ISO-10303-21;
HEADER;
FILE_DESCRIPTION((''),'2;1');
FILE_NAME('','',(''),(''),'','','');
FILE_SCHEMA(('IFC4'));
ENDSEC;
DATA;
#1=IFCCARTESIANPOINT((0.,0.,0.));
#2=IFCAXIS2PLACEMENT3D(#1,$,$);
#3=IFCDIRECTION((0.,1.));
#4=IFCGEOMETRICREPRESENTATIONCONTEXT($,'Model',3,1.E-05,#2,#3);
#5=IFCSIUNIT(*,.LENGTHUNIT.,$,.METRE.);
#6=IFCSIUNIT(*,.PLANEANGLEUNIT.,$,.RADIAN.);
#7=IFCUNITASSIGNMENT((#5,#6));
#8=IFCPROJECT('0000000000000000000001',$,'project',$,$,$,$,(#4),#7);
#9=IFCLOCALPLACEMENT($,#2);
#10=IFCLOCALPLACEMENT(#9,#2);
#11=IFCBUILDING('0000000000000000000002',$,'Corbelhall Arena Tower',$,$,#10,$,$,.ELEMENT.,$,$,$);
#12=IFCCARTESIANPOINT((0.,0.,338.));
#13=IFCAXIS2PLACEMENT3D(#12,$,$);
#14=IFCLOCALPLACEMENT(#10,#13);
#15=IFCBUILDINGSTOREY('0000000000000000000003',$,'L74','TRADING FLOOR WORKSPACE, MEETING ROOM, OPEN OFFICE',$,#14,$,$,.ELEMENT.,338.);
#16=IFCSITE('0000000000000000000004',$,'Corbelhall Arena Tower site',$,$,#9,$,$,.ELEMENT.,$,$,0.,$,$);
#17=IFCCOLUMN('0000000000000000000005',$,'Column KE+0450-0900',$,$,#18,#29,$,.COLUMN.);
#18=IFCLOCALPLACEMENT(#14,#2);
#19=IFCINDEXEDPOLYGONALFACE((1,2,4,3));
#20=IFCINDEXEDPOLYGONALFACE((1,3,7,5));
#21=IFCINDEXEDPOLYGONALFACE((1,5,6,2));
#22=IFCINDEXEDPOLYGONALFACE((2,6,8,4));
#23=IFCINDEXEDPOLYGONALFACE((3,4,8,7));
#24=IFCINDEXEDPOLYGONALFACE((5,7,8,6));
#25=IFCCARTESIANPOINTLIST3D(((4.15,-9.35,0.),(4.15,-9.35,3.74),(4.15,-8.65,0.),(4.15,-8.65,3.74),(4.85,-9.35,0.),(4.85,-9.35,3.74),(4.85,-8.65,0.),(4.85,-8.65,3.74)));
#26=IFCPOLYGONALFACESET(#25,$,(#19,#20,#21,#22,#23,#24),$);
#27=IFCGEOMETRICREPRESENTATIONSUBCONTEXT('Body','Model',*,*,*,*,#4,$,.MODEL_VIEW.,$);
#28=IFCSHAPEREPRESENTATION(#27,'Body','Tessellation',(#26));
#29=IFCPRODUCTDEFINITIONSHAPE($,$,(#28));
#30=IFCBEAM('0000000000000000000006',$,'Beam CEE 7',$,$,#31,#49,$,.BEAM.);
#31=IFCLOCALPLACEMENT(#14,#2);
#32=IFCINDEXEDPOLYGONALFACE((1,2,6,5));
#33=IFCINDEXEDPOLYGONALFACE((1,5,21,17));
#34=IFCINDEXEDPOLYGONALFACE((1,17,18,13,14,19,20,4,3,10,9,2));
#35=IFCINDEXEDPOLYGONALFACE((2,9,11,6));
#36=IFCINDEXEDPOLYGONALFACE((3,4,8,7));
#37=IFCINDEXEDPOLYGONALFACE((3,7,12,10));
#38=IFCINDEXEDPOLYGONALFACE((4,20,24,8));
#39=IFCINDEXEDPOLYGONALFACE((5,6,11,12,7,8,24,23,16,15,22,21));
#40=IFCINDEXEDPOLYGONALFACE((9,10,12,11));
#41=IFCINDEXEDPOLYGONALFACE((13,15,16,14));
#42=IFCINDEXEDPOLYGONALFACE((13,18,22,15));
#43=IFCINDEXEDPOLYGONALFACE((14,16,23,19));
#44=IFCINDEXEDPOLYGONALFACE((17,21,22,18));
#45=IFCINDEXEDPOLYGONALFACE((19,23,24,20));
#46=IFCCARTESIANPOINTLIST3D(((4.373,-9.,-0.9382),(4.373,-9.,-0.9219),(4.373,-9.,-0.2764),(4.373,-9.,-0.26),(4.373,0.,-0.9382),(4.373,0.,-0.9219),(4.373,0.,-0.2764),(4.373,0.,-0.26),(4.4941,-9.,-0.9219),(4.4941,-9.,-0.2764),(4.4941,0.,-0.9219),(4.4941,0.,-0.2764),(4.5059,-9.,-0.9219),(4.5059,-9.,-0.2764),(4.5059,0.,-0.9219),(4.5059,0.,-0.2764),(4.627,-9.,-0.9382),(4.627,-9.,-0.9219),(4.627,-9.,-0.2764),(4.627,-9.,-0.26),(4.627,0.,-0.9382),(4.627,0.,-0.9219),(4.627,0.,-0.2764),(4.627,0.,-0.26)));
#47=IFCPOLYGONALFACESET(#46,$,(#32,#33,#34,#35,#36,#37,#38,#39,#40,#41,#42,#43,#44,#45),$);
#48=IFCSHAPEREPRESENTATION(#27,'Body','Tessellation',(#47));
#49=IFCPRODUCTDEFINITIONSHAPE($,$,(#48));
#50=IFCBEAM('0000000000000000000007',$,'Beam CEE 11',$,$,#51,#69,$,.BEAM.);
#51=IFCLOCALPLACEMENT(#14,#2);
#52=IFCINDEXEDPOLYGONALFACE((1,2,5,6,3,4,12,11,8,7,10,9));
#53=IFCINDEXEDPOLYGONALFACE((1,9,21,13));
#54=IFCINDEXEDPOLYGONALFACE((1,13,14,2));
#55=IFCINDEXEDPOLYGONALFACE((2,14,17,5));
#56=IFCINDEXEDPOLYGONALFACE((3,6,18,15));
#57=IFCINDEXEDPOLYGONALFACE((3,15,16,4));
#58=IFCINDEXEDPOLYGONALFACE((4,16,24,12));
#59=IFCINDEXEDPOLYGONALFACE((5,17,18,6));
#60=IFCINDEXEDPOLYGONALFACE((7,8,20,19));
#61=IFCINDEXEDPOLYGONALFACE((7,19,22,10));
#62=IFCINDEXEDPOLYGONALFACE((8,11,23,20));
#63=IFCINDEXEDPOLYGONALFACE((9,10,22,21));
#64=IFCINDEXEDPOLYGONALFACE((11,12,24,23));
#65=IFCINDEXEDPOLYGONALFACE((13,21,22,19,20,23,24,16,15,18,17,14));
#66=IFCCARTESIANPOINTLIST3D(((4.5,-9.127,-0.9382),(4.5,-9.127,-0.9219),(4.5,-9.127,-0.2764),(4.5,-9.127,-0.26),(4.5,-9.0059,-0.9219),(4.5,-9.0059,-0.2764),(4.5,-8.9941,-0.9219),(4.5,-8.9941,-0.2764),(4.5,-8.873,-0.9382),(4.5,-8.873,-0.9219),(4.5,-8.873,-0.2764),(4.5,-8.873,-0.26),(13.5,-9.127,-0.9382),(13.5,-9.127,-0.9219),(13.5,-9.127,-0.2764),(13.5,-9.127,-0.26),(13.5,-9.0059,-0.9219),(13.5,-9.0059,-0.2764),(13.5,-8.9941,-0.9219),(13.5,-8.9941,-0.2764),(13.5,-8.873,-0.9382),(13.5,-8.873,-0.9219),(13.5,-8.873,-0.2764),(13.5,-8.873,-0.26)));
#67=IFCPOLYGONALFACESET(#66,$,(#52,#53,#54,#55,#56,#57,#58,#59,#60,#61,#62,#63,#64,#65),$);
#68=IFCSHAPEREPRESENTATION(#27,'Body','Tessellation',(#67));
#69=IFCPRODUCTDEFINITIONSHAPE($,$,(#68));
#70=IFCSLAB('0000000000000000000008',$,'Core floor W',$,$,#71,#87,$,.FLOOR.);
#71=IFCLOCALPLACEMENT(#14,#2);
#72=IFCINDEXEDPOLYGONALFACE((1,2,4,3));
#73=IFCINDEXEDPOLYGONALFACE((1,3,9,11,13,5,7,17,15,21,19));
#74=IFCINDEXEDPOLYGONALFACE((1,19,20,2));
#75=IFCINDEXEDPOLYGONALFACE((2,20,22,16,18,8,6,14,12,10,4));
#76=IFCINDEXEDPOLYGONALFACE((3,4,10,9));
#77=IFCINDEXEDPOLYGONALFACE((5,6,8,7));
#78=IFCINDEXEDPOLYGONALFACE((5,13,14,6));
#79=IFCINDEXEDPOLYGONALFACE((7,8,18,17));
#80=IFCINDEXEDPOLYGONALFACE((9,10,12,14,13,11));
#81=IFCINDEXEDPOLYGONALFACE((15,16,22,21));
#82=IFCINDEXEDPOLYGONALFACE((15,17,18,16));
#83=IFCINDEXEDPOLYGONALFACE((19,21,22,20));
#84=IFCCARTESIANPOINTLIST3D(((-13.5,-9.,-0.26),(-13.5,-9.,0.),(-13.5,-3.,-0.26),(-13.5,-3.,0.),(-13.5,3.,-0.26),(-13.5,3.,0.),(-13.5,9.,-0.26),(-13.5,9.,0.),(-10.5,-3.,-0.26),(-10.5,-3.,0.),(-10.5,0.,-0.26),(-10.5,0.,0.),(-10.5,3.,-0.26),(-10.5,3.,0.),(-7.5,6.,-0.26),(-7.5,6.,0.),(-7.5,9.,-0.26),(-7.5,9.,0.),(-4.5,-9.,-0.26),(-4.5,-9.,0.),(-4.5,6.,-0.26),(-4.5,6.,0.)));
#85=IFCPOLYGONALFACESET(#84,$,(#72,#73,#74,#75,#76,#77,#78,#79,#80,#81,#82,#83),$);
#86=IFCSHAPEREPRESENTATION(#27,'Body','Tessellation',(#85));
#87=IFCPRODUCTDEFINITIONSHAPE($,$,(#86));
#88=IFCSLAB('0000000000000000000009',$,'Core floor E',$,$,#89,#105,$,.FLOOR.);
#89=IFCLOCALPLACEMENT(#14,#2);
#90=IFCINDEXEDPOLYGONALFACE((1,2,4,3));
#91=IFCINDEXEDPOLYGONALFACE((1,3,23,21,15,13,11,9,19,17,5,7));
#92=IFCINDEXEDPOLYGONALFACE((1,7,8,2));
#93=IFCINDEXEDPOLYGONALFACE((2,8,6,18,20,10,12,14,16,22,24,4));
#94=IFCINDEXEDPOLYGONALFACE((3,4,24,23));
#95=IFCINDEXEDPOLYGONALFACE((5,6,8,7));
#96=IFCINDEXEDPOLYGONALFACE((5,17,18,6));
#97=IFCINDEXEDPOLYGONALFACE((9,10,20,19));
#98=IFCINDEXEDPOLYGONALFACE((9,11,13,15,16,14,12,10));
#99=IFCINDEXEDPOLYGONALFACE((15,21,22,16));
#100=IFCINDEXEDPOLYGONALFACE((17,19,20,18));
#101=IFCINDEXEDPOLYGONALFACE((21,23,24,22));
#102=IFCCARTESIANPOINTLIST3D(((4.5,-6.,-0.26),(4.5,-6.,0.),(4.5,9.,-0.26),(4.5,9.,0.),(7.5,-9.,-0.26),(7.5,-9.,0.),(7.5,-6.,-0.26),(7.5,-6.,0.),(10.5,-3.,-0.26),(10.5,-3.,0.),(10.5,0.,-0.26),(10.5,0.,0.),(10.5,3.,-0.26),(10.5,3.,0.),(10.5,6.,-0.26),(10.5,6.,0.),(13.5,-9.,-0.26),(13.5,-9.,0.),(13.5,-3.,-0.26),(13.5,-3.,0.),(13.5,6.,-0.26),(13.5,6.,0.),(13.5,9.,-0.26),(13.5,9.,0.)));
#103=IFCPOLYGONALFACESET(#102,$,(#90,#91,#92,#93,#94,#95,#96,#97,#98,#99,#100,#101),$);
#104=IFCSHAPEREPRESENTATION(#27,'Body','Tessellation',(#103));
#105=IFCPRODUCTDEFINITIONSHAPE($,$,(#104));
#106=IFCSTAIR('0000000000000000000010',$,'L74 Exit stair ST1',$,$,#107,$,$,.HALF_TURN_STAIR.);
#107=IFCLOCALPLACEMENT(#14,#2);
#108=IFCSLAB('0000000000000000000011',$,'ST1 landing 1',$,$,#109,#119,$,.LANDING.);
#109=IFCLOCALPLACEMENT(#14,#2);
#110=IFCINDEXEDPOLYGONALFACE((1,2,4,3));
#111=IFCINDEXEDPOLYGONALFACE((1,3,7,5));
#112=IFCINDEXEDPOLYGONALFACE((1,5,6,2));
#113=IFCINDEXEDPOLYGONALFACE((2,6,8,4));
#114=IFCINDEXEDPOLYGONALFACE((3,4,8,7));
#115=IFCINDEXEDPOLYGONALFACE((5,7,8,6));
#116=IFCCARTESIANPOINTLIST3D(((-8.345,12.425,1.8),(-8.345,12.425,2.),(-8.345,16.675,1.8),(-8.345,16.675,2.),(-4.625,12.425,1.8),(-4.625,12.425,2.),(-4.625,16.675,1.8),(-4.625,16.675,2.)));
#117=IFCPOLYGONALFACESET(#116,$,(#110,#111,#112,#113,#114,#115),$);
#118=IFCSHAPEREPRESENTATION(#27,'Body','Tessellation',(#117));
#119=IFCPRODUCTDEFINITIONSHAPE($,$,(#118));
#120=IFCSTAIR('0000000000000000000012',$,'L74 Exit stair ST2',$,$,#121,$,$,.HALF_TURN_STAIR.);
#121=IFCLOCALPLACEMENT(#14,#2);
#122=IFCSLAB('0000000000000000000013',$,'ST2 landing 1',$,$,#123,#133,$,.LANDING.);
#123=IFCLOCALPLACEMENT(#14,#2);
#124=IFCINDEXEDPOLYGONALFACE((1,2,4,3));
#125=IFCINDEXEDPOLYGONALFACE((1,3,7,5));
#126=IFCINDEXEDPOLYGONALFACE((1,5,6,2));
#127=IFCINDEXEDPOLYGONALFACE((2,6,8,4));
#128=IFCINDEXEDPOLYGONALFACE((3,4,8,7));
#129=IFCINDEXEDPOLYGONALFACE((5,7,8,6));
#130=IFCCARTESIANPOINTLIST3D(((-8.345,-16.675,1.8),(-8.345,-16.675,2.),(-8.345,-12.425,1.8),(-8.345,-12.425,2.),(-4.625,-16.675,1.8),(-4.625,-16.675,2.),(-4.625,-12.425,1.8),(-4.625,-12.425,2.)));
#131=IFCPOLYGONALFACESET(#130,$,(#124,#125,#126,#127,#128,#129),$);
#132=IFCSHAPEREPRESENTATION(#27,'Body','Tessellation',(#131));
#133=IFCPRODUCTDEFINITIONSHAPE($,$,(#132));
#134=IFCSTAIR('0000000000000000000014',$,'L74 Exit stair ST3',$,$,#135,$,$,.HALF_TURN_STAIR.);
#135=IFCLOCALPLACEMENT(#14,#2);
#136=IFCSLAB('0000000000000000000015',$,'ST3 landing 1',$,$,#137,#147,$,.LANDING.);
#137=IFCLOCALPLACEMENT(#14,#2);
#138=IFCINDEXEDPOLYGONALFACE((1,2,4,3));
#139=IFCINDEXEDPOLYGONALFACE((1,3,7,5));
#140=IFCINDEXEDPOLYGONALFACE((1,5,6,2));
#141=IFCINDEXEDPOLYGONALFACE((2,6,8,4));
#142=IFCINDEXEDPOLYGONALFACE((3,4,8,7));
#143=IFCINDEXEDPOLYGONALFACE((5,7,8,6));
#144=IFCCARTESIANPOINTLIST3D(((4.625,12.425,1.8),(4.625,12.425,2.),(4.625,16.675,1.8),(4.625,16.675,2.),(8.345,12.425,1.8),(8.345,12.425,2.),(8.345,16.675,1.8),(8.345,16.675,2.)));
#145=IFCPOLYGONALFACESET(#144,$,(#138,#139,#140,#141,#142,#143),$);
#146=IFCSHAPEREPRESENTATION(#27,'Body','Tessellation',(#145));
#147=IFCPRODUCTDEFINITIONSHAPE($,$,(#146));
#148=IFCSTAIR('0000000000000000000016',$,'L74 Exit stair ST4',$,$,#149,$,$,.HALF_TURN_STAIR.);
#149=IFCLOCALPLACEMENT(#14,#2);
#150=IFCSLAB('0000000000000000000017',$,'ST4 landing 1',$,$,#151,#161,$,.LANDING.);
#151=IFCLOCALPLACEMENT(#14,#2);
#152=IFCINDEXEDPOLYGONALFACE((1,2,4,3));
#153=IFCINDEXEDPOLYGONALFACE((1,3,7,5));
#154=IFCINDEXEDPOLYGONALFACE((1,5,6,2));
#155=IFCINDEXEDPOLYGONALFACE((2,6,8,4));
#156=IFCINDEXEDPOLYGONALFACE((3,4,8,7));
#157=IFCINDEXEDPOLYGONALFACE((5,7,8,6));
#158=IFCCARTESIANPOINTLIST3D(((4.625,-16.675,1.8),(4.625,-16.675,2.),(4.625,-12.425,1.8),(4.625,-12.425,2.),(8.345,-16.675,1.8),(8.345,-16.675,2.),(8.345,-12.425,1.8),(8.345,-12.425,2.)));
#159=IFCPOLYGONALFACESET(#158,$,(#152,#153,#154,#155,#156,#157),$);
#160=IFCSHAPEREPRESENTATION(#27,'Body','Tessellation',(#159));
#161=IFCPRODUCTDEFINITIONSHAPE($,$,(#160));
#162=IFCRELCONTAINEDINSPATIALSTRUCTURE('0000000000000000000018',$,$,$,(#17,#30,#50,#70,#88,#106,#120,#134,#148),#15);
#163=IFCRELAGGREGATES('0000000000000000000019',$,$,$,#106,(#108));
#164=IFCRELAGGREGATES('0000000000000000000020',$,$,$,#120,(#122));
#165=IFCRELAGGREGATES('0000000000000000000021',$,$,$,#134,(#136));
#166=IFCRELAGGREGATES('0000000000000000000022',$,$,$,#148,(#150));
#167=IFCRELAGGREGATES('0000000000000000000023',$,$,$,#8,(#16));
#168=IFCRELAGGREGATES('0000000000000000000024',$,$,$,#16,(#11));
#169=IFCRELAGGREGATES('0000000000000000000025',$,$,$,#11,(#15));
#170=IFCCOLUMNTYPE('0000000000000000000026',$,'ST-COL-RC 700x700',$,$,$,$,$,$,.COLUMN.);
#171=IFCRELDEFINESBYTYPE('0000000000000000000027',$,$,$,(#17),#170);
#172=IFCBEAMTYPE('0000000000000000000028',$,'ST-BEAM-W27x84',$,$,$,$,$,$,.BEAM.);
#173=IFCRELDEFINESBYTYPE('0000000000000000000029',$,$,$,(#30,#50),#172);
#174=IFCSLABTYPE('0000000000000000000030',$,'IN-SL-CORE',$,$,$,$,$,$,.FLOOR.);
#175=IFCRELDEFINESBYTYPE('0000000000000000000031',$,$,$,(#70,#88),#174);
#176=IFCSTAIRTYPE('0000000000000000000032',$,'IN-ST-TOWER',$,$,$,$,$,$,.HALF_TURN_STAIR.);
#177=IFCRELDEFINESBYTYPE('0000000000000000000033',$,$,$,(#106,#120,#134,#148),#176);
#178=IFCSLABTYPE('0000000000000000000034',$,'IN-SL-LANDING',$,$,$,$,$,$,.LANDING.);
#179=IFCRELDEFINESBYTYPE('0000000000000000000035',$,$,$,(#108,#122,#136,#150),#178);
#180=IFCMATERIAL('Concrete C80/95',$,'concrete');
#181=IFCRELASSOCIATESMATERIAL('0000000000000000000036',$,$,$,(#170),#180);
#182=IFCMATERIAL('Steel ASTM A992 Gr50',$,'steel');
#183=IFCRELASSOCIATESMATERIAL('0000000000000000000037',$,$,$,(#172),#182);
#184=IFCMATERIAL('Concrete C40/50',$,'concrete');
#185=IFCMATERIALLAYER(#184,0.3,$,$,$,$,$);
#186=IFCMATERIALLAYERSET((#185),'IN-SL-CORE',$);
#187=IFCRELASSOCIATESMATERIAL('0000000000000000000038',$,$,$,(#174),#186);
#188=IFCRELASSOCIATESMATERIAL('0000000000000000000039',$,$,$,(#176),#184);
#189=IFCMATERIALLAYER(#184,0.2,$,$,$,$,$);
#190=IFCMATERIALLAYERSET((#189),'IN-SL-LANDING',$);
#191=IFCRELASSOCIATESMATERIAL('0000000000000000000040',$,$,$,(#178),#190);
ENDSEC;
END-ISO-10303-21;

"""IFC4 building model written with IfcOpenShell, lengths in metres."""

from ifc_helpers import new_model, si_unit, direction, frame, origin, origin_2d, place, context, subcontext, project, spatial, polyline, rectangle, i_section, outline, extrude, material, layer, layer_set, material_profile, profile_set, type_object, element, aggregate, save


model = new_model("IFC4")

# Units and contexts
model_context = context("Model", 3, precision=1e-05, world=origin(), true_north=direction((0.0, 1.0)))
body_context = subcontext(model_context, "Body", "Model", "MODEL_VIEW")
ifc_project = project(units=[si_unit("LENGTHUNIT", "METRE"), si_unit("PLANEANGLEUNIT", "RADIAN")], contexts=[model_context])

# Site, building, storey
site_placement = place(None, origin())
site = spatial("IfcSite", under=ifc_project, at=site_placement, Name="Corbelhall Arena Tower site", CompositionType="ELEMENT", RefElevation=0.0)
building_placement = place(site_placement, origin())
building = spatial("IfcBuilding", under=site, at=building_placement, Name="Corbelhall Arena Tower", CompositionType="ELEMENT")
storey_placement = place(building_placement, frame((0.0, 0.0, 338.0)))
storey = spatial("IfcBuildingStorey", under=building, at=storey_placement, Name="L74", Description="TRADING FLOOR WORKSPACE, MEETING ROOM, OPEN OFFICE", CompositionType="ELEMENT", Elevation=338.0)

# Column
ifc_material_1 = material(Name="Concrete C80/95", Category="concrete")
ifc_material_profile_1 = material_profile(ifc_material_1, rectangle(XDim=0.7, YDim=0.7, at=origin_2d()))
ifc_profile_set_1 = profile_set([ifc_material_profile_1], Name="Concrete C80/95")
column_type = type_object("IfcColumnType", Name="ST-COL-RC 700x700", PredefinedType="COLUMN", material=ifc_profile_set_1)
column_placement = place(storey_placement, frame((4.5, -9.0, 0.0), z_axis=(0.0, 0.0, 1.0), x_axis=(1.0, 0.0, 0.0)))
element("IfcColumn", 1, at=column_placement, inside=storey, type_object=column_type, Name="Column KE+0450-0900", PredefinedType="COLUMN", context=body_context, shape_type="SweptSolid", body=[
    extrude(rectangle(XDim=0.7, YDim=0.7, at=origin_2d()), origin(), (0.0, 0.0, 1.0), 3.74),
])

# Beams
ifc_material_2 = material(Name="Steel ASTM A992 Gr50", Category="steel")
ifc_material_profile_2 = material_profile(ifc_material_2, i_section(OverallWidth=0.2539, OverallDepth=0.6782, WebThickness=0.0117, FlangeThickness=0.0164, at=origin_2d()))
ifc_profile_set_2 = profile_set([ifc_material_profile_2], Name="Steel ASTM A992 Gr50")
beam_type = type_object("IfcBeamType", Name="ST-BEAM-W27x84", PredefinedType="BEAM", material=ifc_profile_set_2)
for number, where, z_axis, x_axis, name in (
    (2, (4.5, -9.0, -0.5991), (0.0, 1.0, 0.0), (-1.0, 0.0, 0.0), "Beam CEE 7"),
    (3, (4.5, -9.0, -0.5991), (1.0, 0.0, 0.0), (0.0, 1.0, 0.0), "Beam CEE 11"),
):
    element("IfcBeam", number, at=place(storey_placement, frame(where, z_axis=z_axis, x_axis=x_axis)), inside=storey, type_object=beam_type, Name=name, PredefinedType="BEAM", context=body_context, shape_type="SweptSolid", body=[
        extrude(i_section(OverallWidth=0.2539, OverallDepth=0.6782, WebThickness=0.0117, FlangeThickness=0.0164, at=origin_2d()), origin(), (0.0, 0.0, 1.0), 9.0),
    ])

# Slabs
ifc_material_3 = material(Name="Concrete C40/50", Category="concrete")
ifc_layer_1 = layer(ifc_material_3, 0.3)
ifc_layer_set_1 = layer_set([ifc_layer_1], Name="IN-SL-CORE")
slab_type_1 = type_object("IfcSlabType", Name="IN-SL-CORE", PredefinedType="FLOOR", material=ifc_layer_set_1)
slab_1_placement = place(storey_placement, frame((0.0, 0.0, -0.26)))
element("IfcSlab", 4, at=slab_1_placement, inside=storey, type_object=slab_type_1, Name="Core floor W", PredefinedType="FLOOR", context=body_context, shape_type="SweptSolid", body=[
    extrude(outline(polyline([(-13.5, -3.0), (-13.5, -9.0), (-4.5, -9.0), (-4.5, 6.0), (-7.5, 6.0), (-7.5, 9.0), (-13.5, 9.0), (-13.5, 3.0), (-10.5, 3.0), (-10.5, 0.0), (-10.5, -3.0), (-13.5, -3.0)])), origin(), (0.0, 0.0, 1.0), 0.26),
])
slab_2_placement = place(storey_placement, frame((0.0, 0.0, -0.26)))
element("IfcSlab", 5, at=slab_2_placement, inside=storey, type_object=slab_type_1, Name="Core floor E", PredefinedType="FLOOR", context=body_context, shape_type="SweptSolid", body=[
    extrude(outline(polyline([(10.5, 0.0), (10.5, 3.0), (10.5, 6.0), (13.5, 6.0), (13.5, 9.0), (4.5, 9.0), (4.5, -6.0), (7.5, -6.0), (7.5, -9.0), (13.5, -9.0), (13.5, -3.0), (10.5, -3.0), (10.5, 0.0)])), origin(), (0.0, 0.0, 1.0), 0.26),
])

# Stairs, slabs
stair_type = type_object("IfcStairType", Name="IN-ST-TOWER", PredefinedType="HALF_TURN_STAIR", material=ifc_material_3)
stair_1_placement = place(storey_placement, origin())
stair_1 = element("IfcStair", 6, at=stair_1_placement, inside=storey, type_object=stair_type, Name="L74 Exit stair ST1", PredefinedType="HALF_TURN_STAIR")
ifc_layer_2 = layer(ifc_material_3, 0.2)
ifc_layer_set_2 = layer_set([ifc_layer_2], Name="IN-SL-LANDING")
slab_type_2 = type_object("IfcSlabType", Name="IN-SL-LANDING", PredefinedType="LANDING", material=ifc_layer_set_2)
slab_3_placement = place(storey_placement, frame((0.0, 0.0, 1.8)))
slab_3 = element("IfcSlab", 7, at=slab_3_placement, type_object=slab_type_2, Name="ST1 landing 1", PredefinedType="LANDING", context=body_context, shape_type="SweptSolid", body=[
    extrude(outline(polyline([(-8.345, 12.425), (-4.625, 12.425), (-4.625, 16.675), (-8.345, 16.675), (-8.345, 12.425)])), origin(), (0.0, 0.0, 1.0), 0.2),
])
aggregate(stair_1, [slab_3])
stair_2_placement = place(storey_placement, origin())
stair_2 = element("IfcStair", 8, at=stair_2_placement, inside=storey, type_object=stair_type, Name="L74 Exit stair ST2", PredefinedType="HALF_TURN_STAIR")
slab_4_placement = place(storey_placement, frame((0.0, 0.0, 1.8)))
slab_4 = element("IfcSlab", 9, at=slab_4_placement, type_object=slab_type_2, Name="ST2 landing 1", PredefinedType="LANDING", context=body_context, shape_type="SweptSolid", body=[
    extrude(outline(polyline([(-8.345, -16.675), (-4.625, -16.675), (-4.625, -12.425), (-8.345, -12.425), (-8.345, -16.675)])), origin(), (0.0, 0.0, 1.0), 0.2),
])
aggregate(stair_2, [slab_4])
stair_3_placement = place(storey_placement, origin())
stair_3 = element("IfcStair", 10, at=stair_3_placement, inside=storey, type_object=stair_type, Name="L74 Exit stair ST3", PredefinedType="HALF_TURN_STAIR")
slab_5_placement = place(storey_placement, frame((0.0, 0.0, 1.8)))
slab_5 = element("IfcSlab", 11, at=slab_5_placement, type_object=slab_type_2, Name="ST3 landing 1", PredefinedType="LANDING", context=body_context, shape_type="SweptSolid", body=[
    extrude(outline(polyline([(8.345, 16.675), (4.625, 16.675), (4.625, 12.425), (8.345, 12.425), (8.345, 16.675)])), origin(), (0.0, 0.0, 1.0), 0.2),
])
aggregate(stair_3, [slab_5])
stair_4_placement = place(storey_placement, origin())
stair_4 = element("IfcStair", 12, at=stair_4_placement, inside=storey, type_object=stair_type, Name="L74 Exit stair ST4", PredefinedType="HALF_TURN_STAIR")
slab_6_placement = place(storey_placement, frame((0.0, 0.0, 1.8)))
slab_6 = element("IfcSlab", 13, at=slab_6_placement, type_object=slab_type_2, Name="ST4 landing 1", PredefinedType="LANDING", context=body_context, shape_type="SweptSolid", body=[
    extrude(outline(polyline([(8.345, -12.425), (4.625, -12.425), (4.625, -16.675), (8.345, -16.675), (8.345, -12.425)])), origin(), (0.0, 0.0, 1.0), 0.2),
])
aggregate(stair_4, [slab_6])

save(model, "model.ifc")
